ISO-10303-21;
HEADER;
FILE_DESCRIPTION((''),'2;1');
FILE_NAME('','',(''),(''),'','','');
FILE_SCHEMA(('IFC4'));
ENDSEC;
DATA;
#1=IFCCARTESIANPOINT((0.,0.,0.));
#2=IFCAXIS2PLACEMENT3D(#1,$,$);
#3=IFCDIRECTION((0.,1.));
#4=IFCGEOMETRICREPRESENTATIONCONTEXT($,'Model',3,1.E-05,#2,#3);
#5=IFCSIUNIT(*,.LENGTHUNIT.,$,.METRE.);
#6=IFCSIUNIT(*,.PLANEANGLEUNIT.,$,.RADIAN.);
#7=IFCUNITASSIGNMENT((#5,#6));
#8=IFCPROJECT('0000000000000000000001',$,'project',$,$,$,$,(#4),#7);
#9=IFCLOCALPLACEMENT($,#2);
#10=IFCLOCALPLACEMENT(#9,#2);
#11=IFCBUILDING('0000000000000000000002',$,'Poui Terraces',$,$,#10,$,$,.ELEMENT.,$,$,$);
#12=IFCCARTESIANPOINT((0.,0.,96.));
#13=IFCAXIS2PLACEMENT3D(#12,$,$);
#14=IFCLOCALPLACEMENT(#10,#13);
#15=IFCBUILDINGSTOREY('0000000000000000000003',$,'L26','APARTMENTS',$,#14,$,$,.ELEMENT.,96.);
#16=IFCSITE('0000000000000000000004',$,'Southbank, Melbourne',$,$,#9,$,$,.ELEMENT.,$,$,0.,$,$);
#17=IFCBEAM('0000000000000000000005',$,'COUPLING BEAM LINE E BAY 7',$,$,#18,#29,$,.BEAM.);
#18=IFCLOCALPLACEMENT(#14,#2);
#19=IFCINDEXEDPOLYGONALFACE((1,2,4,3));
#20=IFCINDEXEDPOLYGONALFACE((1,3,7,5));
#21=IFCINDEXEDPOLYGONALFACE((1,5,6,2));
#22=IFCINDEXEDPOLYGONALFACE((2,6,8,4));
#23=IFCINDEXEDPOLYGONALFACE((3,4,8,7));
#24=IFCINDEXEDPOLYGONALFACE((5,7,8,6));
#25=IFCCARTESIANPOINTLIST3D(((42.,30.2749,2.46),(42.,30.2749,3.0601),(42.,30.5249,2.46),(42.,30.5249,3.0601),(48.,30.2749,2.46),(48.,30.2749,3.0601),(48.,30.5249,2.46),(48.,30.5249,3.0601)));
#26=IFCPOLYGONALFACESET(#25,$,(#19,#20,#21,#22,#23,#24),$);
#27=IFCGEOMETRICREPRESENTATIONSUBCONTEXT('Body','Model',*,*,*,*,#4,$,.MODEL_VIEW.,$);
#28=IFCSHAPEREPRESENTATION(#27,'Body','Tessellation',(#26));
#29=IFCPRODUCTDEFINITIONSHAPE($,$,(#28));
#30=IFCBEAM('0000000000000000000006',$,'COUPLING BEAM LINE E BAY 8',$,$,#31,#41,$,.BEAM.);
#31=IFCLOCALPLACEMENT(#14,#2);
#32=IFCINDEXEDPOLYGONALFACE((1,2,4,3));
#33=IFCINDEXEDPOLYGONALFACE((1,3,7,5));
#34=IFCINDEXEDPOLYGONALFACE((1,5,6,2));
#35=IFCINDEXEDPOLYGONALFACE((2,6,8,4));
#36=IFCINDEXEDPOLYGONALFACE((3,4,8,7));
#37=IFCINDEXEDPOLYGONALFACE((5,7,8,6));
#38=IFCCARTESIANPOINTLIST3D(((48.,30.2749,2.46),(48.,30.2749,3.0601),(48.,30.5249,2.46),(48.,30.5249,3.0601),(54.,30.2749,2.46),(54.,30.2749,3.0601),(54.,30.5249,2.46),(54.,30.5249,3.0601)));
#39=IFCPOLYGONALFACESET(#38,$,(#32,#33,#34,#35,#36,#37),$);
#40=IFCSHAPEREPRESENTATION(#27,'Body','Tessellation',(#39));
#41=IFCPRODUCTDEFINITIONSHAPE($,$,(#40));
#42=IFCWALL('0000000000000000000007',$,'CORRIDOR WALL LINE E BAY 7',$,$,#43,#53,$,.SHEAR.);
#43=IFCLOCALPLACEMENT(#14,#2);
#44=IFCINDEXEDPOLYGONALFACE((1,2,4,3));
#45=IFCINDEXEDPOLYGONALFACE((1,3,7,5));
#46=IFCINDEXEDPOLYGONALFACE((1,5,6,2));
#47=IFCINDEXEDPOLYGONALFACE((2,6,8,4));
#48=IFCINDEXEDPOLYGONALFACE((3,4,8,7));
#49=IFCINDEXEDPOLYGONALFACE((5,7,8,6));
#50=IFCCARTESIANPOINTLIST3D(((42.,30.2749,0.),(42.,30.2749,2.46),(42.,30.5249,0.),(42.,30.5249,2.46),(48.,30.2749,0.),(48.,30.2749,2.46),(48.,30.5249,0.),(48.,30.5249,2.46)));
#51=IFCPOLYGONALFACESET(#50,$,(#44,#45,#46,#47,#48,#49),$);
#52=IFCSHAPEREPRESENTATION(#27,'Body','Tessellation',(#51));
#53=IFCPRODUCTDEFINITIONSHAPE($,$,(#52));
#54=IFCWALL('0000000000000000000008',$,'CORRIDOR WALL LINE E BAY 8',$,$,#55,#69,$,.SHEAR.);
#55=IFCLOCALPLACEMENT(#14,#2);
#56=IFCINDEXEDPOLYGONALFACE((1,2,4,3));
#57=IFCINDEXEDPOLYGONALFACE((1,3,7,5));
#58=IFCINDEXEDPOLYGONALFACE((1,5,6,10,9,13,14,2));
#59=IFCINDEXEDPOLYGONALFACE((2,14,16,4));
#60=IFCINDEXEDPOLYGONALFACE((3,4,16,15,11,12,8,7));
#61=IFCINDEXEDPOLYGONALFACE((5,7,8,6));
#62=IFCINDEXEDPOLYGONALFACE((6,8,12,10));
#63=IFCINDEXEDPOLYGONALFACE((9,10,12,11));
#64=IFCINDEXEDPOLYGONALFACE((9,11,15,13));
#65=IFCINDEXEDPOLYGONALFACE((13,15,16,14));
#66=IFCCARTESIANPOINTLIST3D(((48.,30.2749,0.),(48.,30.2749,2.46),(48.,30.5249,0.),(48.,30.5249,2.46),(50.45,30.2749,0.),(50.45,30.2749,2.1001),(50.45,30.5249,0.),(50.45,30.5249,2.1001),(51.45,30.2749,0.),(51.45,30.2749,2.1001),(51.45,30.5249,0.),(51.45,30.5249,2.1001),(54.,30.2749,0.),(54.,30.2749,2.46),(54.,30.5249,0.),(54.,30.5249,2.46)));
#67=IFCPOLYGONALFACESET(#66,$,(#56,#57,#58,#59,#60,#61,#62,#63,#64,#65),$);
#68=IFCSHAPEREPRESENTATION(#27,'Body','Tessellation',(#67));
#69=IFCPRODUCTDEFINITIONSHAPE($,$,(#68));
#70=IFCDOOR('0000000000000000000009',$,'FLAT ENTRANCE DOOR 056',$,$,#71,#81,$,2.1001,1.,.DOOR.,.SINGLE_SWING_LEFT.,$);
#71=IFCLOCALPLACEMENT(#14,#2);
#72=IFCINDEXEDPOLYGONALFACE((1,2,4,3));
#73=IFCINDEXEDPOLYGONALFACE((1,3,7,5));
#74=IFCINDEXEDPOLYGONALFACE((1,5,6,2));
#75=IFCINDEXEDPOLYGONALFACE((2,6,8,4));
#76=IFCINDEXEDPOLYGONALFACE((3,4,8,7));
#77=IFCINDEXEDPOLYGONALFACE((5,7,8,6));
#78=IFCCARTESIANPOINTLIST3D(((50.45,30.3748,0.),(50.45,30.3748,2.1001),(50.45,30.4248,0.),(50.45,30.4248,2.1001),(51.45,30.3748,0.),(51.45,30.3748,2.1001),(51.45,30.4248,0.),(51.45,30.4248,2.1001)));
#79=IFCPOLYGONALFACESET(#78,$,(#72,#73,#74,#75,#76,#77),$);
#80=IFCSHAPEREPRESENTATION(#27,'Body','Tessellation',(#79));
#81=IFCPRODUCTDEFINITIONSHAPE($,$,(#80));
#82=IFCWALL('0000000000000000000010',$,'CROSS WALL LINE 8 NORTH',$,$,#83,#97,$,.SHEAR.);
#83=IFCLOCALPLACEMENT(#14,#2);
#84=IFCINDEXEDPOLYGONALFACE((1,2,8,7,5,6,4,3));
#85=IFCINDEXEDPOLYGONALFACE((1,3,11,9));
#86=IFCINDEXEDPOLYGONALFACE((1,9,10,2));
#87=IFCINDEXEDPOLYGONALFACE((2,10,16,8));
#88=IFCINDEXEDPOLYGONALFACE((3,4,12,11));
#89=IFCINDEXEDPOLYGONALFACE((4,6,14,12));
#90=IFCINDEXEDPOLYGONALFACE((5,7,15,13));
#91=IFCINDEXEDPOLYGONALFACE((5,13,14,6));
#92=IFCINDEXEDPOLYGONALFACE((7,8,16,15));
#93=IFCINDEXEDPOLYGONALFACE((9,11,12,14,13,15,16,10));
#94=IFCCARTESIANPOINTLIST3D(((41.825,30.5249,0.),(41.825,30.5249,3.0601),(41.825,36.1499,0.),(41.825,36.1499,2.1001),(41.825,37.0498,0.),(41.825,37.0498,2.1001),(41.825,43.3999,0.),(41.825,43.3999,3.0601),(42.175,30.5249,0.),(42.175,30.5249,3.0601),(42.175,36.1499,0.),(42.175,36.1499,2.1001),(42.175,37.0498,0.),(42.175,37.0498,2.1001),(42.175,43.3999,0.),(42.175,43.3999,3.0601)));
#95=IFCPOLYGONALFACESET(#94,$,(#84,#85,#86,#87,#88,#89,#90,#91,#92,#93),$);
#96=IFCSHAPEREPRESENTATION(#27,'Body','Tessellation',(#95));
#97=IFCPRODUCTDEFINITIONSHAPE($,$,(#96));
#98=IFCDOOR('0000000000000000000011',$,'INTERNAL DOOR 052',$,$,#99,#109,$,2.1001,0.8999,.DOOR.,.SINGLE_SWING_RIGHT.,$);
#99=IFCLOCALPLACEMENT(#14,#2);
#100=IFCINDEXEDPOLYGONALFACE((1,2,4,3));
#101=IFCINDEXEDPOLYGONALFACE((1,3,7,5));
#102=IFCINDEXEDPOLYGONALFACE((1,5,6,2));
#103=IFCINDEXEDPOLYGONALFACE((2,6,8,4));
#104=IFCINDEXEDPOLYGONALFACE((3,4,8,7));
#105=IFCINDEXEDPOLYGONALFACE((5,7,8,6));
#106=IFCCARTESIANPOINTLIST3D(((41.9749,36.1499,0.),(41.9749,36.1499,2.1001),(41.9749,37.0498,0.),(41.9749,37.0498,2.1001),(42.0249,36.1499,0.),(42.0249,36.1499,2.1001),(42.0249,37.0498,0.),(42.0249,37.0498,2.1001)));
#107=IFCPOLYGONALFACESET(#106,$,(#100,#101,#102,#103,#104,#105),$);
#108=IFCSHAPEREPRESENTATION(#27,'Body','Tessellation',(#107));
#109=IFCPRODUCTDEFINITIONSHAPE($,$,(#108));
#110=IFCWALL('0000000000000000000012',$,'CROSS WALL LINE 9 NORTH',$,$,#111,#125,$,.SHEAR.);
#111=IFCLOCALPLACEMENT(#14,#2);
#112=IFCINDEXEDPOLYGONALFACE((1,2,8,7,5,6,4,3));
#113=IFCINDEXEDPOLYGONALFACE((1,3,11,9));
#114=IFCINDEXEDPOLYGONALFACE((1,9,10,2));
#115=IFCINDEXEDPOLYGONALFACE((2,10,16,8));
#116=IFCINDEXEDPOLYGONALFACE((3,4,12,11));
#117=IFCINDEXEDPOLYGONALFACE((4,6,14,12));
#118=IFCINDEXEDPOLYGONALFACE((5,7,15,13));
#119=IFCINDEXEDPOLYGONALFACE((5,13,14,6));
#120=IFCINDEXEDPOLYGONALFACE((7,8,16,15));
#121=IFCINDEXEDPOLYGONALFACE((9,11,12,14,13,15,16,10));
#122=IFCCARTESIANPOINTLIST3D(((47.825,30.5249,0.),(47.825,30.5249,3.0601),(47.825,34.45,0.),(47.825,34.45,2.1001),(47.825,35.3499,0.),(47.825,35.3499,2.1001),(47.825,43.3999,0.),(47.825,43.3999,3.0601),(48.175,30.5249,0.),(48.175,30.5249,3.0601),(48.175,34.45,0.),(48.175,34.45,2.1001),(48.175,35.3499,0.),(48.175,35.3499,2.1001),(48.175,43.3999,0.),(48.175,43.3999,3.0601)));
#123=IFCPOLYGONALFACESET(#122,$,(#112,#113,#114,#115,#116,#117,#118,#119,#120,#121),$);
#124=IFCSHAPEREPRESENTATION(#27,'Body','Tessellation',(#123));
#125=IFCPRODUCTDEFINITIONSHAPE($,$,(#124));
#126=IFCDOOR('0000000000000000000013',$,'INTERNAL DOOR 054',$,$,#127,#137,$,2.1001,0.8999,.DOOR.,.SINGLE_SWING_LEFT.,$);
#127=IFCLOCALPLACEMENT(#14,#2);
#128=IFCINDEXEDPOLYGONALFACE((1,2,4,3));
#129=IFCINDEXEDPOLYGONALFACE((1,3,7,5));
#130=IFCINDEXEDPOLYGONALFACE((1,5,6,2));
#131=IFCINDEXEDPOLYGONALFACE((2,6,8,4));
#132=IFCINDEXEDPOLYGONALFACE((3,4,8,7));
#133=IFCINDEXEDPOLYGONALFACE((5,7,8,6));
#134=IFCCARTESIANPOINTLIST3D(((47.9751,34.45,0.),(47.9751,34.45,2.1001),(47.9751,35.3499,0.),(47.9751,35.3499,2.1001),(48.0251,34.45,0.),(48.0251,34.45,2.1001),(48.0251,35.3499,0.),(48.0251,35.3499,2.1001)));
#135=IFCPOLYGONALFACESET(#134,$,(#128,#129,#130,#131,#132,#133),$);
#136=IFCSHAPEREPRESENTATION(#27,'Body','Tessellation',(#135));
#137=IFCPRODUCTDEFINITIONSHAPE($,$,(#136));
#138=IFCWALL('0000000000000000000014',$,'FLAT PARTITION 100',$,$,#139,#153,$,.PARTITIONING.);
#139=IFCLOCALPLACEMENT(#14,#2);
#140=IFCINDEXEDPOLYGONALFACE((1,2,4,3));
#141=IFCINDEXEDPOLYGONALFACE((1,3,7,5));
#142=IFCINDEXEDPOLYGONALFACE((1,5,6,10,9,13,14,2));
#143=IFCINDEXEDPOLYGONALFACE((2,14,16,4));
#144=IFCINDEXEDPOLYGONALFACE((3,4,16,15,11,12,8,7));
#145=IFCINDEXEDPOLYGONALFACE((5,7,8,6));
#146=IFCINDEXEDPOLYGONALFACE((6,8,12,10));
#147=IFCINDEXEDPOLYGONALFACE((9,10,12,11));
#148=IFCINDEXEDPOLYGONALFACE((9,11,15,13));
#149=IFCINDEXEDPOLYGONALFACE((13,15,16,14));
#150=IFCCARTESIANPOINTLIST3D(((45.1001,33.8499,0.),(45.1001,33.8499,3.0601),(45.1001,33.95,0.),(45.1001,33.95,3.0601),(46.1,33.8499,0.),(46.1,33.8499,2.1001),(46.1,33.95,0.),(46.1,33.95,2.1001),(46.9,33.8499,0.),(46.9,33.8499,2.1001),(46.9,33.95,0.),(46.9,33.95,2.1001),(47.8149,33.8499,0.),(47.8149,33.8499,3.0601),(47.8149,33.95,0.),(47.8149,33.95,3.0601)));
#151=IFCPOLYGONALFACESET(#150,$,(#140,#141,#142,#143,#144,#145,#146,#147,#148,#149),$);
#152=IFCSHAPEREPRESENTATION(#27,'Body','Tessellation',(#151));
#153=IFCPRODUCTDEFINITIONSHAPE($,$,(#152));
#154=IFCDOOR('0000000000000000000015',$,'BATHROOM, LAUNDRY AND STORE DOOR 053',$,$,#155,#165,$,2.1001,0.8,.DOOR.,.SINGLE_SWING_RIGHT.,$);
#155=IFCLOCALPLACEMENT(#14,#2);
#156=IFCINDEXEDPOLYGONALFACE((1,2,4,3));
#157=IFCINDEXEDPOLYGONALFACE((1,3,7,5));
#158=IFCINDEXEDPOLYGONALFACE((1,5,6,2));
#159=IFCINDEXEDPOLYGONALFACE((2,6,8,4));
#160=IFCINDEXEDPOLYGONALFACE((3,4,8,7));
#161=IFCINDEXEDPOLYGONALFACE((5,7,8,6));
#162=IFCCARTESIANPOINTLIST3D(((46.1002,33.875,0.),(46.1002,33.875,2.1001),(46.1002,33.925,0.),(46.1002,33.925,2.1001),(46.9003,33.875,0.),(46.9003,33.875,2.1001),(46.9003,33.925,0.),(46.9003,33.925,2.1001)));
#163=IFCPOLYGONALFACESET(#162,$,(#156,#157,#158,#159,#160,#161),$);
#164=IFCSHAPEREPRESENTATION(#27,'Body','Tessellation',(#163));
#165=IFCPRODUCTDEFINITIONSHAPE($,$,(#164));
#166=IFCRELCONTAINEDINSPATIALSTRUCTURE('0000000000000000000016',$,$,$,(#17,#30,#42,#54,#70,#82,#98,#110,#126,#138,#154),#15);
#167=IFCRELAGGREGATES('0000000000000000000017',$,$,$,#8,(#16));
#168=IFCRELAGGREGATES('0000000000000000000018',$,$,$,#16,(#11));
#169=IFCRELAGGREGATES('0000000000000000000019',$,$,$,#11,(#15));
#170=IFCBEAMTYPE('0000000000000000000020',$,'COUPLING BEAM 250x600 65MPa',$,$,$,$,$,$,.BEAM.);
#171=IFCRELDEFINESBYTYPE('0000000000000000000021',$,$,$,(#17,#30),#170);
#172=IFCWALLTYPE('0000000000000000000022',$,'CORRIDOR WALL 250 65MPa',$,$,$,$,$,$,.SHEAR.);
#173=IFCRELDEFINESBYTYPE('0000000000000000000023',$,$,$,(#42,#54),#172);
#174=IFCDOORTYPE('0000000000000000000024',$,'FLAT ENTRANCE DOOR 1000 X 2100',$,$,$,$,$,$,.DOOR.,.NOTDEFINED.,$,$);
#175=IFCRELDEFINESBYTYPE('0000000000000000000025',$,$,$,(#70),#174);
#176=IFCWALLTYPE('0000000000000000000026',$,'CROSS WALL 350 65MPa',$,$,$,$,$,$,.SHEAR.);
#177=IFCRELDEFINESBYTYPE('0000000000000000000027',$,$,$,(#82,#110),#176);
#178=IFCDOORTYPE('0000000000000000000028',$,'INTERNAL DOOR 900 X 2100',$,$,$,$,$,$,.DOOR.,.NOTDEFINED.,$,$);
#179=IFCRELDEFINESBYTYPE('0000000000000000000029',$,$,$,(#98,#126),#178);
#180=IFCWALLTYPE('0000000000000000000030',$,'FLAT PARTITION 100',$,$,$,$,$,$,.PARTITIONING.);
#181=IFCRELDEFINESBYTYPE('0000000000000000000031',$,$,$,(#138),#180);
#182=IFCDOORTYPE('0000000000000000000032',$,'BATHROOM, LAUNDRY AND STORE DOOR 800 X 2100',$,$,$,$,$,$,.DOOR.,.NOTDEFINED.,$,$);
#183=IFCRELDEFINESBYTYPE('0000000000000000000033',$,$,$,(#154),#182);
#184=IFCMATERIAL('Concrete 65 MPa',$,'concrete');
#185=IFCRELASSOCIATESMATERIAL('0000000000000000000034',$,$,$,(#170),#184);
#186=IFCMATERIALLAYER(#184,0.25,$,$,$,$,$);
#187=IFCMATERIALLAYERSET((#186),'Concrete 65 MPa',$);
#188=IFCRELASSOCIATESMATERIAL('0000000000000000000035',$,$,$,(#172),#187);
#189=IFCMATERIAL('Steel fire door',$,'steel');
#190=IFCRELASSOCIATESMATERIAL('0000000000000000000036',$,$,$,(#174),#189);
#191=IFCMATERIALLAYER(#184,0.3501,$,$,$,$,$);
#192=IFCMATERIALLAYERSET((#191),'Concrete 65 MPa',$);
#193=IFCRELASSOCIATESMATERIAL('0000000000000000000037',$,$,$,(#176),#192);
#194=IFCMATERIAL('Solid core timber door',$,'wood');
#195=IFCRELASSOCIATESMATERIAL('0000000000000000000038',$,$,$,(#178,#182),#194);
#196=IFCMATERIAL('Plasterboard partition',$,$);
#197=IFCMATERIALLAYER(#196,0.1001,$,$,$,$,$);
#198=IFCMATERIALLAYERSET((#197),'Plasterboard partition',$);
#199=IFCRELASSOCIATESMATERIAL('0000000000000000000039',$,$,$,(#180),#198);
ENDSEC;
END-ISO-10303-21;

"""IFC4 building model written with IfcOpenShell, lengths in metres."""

from ifc_helpers import new_model, si_unit, direction, frame, frame_2d, origin, origin_2d, place, context, subcontext, project, spatial, rectangle, extrude, source, transform, mapped, material, layer, layer_set, material_profile, profile_set, type_object, element, fill, save


model = new_model("IFC4")

# Units and contexts
model_context = context("Model", 3, precision=1e-05, world=origin(), true_north=direction((0.0, 1.0)))
body_context = subcontext(model_context, "Body", "Model", "MODEL_VIEW")
ifc_project = project(units=[si_unit("LENGTHUNIT", "METRE"), si_unit("PLANEANGLEUNIT", "RADIAN")], contexts=[model_context])

# Site, building, storey
site_placement = place(None, origin())
site = spatial("IfcSite", under=ifc_project, at=site_placement, Name="Southbank, Melbourne", CompositionType="ELEMENT", RefElevation=0.0)
building_placement = place(site_placement, origin())
building = spatial("IfcBuilding", under=site, at=building_placement, Name="Poui Terraces", CompositionType="ELEMENT")
storey_placement = place(building_placement, frame((0.0, 0.0, 96.0)))
storey = spatial("IfcBuildingStorey", under=building, at=storey_placement, Name="L26", Description="APARTMENTS", CompositionType="ELEMENT", Elevation=96.0)

# Beams
ifc_material_1 = material(Name="Concrete 65 MPa", Category="concrete")
ifc_material_profile = material_profile(ifc_material_1, rectangle(XDim=0.25, YDim=0.6001, at=origin_2d()), Name="RC 250x600")
ifc_profile_set = profile_set([ifc_material_profile], Name="Concrete 65 MPa")
beam_type = type_object("IfcBeamType", Name="COUPLING BEAM 250x600 65MPa", PredefinedType="BEAM", material=ifc_profile_set)
shared_shape_1 = source(origin(), body_context, "Body", "SweptSolid", [
    extrude(rectangle(XDim=0.25, YDim=0.6001, at=origin_2d()), origin(), (0.0, 0.0, 1.0), 6.0),
])
for number, where, z_axis, x_axis, name in (
    (1, (42.0, 30.3999, 2.76), (1.0, 0.0, 0.0), (0.0, 1.0, 0.0), "COUPLING BEAM LINE E BAY 7"),
    (2, (48.0, 30.3999, 2.76), (1.0, 0.0, 0.0), (0.0, 1.0, 0.0), "COUPLING BEAM LINE E BAY 8"),
):
    element("IfcBeam", number, at=place(storey_placement, frame(where, z_axis=z_axis, x_axis=x_axis)), inside=storey, type_object=beam_type, Name=name, PredefinedType="BEAM", context=body_context, shape_type="MappedRepresentation", body=[
        mapped(shared_shape_1, transform((0.0, 0.0, 0.0))),
    ])

# Wall
ifc_layer_1 = layer(ifc_material_1, 0.25)
ifc_layer_set_1 = layer_set([ifc_layer_1], Name="Concrete 65 MPa")
wall_type_1 = type_object("IfcWallType", Name="CORRIDOR WALL 250 65MPa", PredefinedType="SHEAR", material=ifc_layer_set_1)
wall_1_placement = place(storey_placement, frame((42.0, 30.3999, 0.0), z_axis=(0.0, 0.0, 1.0), x_axis=(1.0, 0.0, 0.0)))
element("IfcWall", 3, at=wall_1_placement, inside=storey, type_object=wall_type_1, Name="CORRIDOR WALL LINE E BAY 7", PredefinedType="SHEAR", context=body_context, shape_type="SweptSolid", body=[
    extrude(rectangle(XDim=6.0, YDim=0.25, at=frame_2d((3.0, 0.0))), origin(), (0.0, 0.0, 1.0), 2.46),
])

# Walls, openings, doors
wall_2_placement = place(storey_placement, frame((48.0, 30.3999, 0.0), z_axis=(0.0, 0.0, 1.0), x_axis=(1.0, 0.0, 0.0)))
wall_2 = element("IfcWall", 4, at=wall_2_placement, inside=storey, type_object=wall_type_1, Name="CORRIDOR WALL LINE E BAY 8", PredefinedType="SHEAR", context=body_context, shape_type="SweptSolid", body=[
    extrude(rectangle(XDim=6.0, YDim=0.25, at=frame_2d((3.0, 0.0))), origin(), (0.0, 0.0, 1.0), 2.46),
])
opening_1_placement = place(wall_2_placement, frame((2.45, 0.0, 0.0)))
opening_1 = element("IfcOpeningElement", 5, at=opening_1_placement, cuts=wall_2, PredefinedType="OPENING", context=body_context, shape_type="SweptSolid", body=[
    extrude(rectangle(XDim=1.0, YDim=2.1001, at=frame_2d((0.5, 1.05))), frame((0.0, 0.135, 0.0), z_axis=(0.0, -1.0, 0.0), x_axis=(1.0, 0.0, 0.0)), (0.0, 0.0, 1.0), 0.27),
])
ifc_material_2 = material(Name="Steel fire door", Category="steel")
door_type_1 = type_object("IfcDoorType", Name="FLAT ENTRANCE DOOR 1000 X 2100", OperationType="NOTDEFINED", PredefinedType="DOOR", material=ifc_material_2)
door_1_placement = place(opening_1_placement, origin())
door_1 = element("IfcDoor", 6, at=door_1_placement, inside=storey, type_object=door_type_1, Name="FLAT ENTRANCE DOOR 056", OperationType="SINGLE_SWING_LEFT", OverallHeight=2.1001, OverallWidth=1.0, PredefinedType="DOOR", context=body_context, shape_type="SweptSolid", body=[
    extrude(rectangle(XDim=1.0, YDim=2.1001, at=frame_2d((0.5, 1.05))), frame((0.0, 0.0249, 0.0), z_axis=(0.0, -1.0, 0.0), x_axis=(1.0, 0.0, 0.0)), (0.0, 0.0, 1.0), 0.05),
])
fill(opening_1, door_1)
ifc_layer_2 = layer(ifc_material_1, 0.3501)
ifc_layer_set_2 = layer_set([ifc_layer_2], Name="Concrete 65 MPa")
wall_type_2 = type_object("IfcWallType", Name="CROSS WALL 350 65MPa", PredefinedType="SHEAR", material=ifc_layer_set_2)
wall_3_placement = place(storey_placement, frame((42.0, 30.5249, 0.0), z_axis=(0.0, 0.0, 1.0), x_axis=(0.0, 1.0, 0.0)))
wall_3 = element("IfcWall", 7, at=wall_3_placement, inside=storey, type_object=wall_type_2, Name="CROSS WALL LINE 8 NORTH", PredefinedType="SHEAR", context=body_context, shape_type="SweptSolid", body=[
    extrude(rectangle(XDim=12.875, YDim=0.3501, at=frame_2d((6.4375, 0.0))), origin(), (0.0, 0.0, 1.0), 3.0601),
])
opening_2_placement = place(wall_3_placement, frame((5.625, 0.0, 0.0)))
opening_2 = element("IfcOpeningElement", 8, at=opening_2_placement, cuts=wall_3, PredefinedType="OPENING", context=body_context, shape_type="SweptSolid", body=[
    extrude(rectangle(XDim=0.8999, YDim=2.1001, at=frame_2d((0.45, 1.05))), frame((0.0, 0.1851, 0.0), z_axis=(0.0, -1.0, 0.0), x_axis=(1.0, 0.0, 0.0)), (0.0, 0.0, 1.0), 0.3701),
])
ifc_material_3 = material(Name="Solid core timber door", Category="wood")
door_type_2 = type_object("IfcDoorType", Name="INTERNAL DOOR 900 X 2100", OperationType="NOTDEFINED", PredefinedType="DOOR", material=ifc_material_3)
door_2_placement = place(opening_2_placement, frame((0.8999, 0.0, 0.0), z_axis=(0.0, 0.0, 1.0), x_axis=(-1.0, 0.0, 0.0)))
door_2 = element("IfcDoor", 9, at=door_2_placement, inside=storey, type_object=door_type_2, Name="INTERNAL DOOR 052", OperationType="SINGLE_SWING_RIGHT", OverallHeight=2.1001, OverallWidth=0.8999, PredefinedType="DOOR", context=body_context, shape_type="SweptSolid", body=[
    extrude(rectangle(XDim=0.8999, YDim=2.1001, at=frame_2d((0.45, 1.05))), frame((0.0, 0.0249, 0.0), z_axis=(0.0, -1.0, 0.0), x_axis=(1.0, 0.0, 0.0)), (0.0, 0.0, 1.0), 0.05),
])
fill(opening_2, door_2)
wall_4_placement = place(storey_placement, frame((48.0, 30.5249, 0.0), z_axis=(0.0, 0.0, 1.0), x_axis=(0.0, 1.0, 0.0)))
wall_4 = element("IfcWall", 10, at=wall_4_placement, inside=storey, type_object=wall_type_2, Name="CROSS WALL LINE 9 NORTH", PredefinedType="SHEAR", context=body_context, shape_type="SweptSolid", body=[
    extrude(rectangle(XDim=12.875, YDim=0.3501, at=frame_2d((6.4375, 0.0))), origin(), (0.0, 0.0, 1.0), 3.0601),
])
opening_3_placement = place(wall_4_placement, frame((3.925, 0.0, 0.0)))
opening_3 = element("IfcOpeningElement", 11, at=opening_3_placement, cuts=wall_4, PredefinedType="OPENING", context=body_context, shape_type="SweptSolid", body=[
    extrude(rectangle(XDim=0.8999, YDim=2.1001, at=frame_2d((0.45, 1.05))), frame((0.0, 0.1851, 0.0), z_axis=(0.0, -1.0, 0.0), x_axis=(1.0, 0.0, 0.0)), (0.0, 0.0, 1.0), 0.3701),
])
door_3_placement = place(opening_3_placement, origin())
door_3 = element("IfcDoor", 12, at=door_3_placement, inside=storey, type_object=door_type_2, Name="INTERNAL DOOR 054", OperationType="SINGLE_SWING_LEFT", OverallHeight=2.1001, OverallWidth=0.8999, PredefinedType="DOOR", context=body_context, shape_type="SweptSolid", body=[
    extrude(rectangle(XDim=0.8999, YDim=2.1001, at=frame_2d((0.45, 1.05))), frame((0.0, 0.0249, 0.0), z_axis=(0.0, -1.0, 0.0), x_axis=(1.0, 0.0, 0.0)), (0.0, 0.0, 1.0), 0.05),
])
fill(opening_3, door_3)
ifc_material_4 = material(Name="Plasterboard partition")
ifc_layer_3 = layer(ifc_material_4, 0.1001)
ifc_layer_set_3 = layer_set([ifc_layer_3], Name="Plasterboard partition")
wall_type_3 = type_object("IfcWallType", Name="FLAT PARTITION 100", PredefinedType="PARTITIONING", material=ifc_layer_set_3)
wall_5_placement = place(storey_placement, frame((45.1001, 33.8999, 0.0), z_axis=(0.0, 0.0, 1.0), x_axis=(1.0, 0.0, 0.0)))
wall_5 = element("IfcWall", 13, at=wall_5_placement, inside=storey, type_object=wall_type_3, Name="FLAT PARTITION 100", PredefinedType="PARTITIONING", context=body_context, shape_type="SweptSolid", body=[
    extrude(rectangle(XDim=2.7148, YDim=0.1001, at=frame_2d((1.3574, 0.0))), origin(), (0.0, 0.0, 1.0), 3.0601),
])
opening_4_placement = place(wall_5_placement, frame((1.0, 0.0, 0.0)))
opening_4 = element("IfcOpeningElement", 14, at=opening_4_placement, cuts=wall_5, PredefinedType="OPENING", context=body_context, shape_type="SweptSolid", body=[
    extrude(rectangle(XDim=0.8, YDim=2.1001, at=frame_2d((0.3999, 1.05))), frame((0.0, 0.0601, 0.0), z_axis=(0.0, -1.0, 0.0), x_axis=(1.0, 0.0, 0.0)), (0.0, 0.0, 1.0), 0.1201),
])
door_type_3 = type_object("IfcDoorType", Name="BATHROOM, LAUNDRY AND STORE DOOR 800 X 2100", OperationType="NOTDEFINED", PredefinedType="DOOR", material=ifc_material_3)
door_4_placement = place(opening_4_placement, frame((0.8, 0.0, 0.0), z_axis=(0.0, 0.0, 1.0), x_axis=(-1.0, 0.0, 0.0)))
door_4 = element("IfcDoor", 15, at=door_4_placement, inside=storey, type_object=door_type_3, Name="BATHROOM, LAUNDRY AND STORE DOOR 053", OperationType="SINGLE_SWING_RIGHT", OverallHeight=2.1001, OverallWidth=0.8, PredefinedType="DOOR", context=body_context, shape_type="SweptSolid", body=[
    extrude(rectangle(XDim=0.8, YDim=2.1001, at=frame_2d((0.3999, 1.05))), frame((0.0, 0.0249, 0.0), z_axis=(0.0, -1.0, 0.0), x_axis=(1.0, 0.0, 0.0)), (0.0, 0.0, 1.0), 0.05),
])
fill(opening_4, door_4)

save(model, "model.ifc")
